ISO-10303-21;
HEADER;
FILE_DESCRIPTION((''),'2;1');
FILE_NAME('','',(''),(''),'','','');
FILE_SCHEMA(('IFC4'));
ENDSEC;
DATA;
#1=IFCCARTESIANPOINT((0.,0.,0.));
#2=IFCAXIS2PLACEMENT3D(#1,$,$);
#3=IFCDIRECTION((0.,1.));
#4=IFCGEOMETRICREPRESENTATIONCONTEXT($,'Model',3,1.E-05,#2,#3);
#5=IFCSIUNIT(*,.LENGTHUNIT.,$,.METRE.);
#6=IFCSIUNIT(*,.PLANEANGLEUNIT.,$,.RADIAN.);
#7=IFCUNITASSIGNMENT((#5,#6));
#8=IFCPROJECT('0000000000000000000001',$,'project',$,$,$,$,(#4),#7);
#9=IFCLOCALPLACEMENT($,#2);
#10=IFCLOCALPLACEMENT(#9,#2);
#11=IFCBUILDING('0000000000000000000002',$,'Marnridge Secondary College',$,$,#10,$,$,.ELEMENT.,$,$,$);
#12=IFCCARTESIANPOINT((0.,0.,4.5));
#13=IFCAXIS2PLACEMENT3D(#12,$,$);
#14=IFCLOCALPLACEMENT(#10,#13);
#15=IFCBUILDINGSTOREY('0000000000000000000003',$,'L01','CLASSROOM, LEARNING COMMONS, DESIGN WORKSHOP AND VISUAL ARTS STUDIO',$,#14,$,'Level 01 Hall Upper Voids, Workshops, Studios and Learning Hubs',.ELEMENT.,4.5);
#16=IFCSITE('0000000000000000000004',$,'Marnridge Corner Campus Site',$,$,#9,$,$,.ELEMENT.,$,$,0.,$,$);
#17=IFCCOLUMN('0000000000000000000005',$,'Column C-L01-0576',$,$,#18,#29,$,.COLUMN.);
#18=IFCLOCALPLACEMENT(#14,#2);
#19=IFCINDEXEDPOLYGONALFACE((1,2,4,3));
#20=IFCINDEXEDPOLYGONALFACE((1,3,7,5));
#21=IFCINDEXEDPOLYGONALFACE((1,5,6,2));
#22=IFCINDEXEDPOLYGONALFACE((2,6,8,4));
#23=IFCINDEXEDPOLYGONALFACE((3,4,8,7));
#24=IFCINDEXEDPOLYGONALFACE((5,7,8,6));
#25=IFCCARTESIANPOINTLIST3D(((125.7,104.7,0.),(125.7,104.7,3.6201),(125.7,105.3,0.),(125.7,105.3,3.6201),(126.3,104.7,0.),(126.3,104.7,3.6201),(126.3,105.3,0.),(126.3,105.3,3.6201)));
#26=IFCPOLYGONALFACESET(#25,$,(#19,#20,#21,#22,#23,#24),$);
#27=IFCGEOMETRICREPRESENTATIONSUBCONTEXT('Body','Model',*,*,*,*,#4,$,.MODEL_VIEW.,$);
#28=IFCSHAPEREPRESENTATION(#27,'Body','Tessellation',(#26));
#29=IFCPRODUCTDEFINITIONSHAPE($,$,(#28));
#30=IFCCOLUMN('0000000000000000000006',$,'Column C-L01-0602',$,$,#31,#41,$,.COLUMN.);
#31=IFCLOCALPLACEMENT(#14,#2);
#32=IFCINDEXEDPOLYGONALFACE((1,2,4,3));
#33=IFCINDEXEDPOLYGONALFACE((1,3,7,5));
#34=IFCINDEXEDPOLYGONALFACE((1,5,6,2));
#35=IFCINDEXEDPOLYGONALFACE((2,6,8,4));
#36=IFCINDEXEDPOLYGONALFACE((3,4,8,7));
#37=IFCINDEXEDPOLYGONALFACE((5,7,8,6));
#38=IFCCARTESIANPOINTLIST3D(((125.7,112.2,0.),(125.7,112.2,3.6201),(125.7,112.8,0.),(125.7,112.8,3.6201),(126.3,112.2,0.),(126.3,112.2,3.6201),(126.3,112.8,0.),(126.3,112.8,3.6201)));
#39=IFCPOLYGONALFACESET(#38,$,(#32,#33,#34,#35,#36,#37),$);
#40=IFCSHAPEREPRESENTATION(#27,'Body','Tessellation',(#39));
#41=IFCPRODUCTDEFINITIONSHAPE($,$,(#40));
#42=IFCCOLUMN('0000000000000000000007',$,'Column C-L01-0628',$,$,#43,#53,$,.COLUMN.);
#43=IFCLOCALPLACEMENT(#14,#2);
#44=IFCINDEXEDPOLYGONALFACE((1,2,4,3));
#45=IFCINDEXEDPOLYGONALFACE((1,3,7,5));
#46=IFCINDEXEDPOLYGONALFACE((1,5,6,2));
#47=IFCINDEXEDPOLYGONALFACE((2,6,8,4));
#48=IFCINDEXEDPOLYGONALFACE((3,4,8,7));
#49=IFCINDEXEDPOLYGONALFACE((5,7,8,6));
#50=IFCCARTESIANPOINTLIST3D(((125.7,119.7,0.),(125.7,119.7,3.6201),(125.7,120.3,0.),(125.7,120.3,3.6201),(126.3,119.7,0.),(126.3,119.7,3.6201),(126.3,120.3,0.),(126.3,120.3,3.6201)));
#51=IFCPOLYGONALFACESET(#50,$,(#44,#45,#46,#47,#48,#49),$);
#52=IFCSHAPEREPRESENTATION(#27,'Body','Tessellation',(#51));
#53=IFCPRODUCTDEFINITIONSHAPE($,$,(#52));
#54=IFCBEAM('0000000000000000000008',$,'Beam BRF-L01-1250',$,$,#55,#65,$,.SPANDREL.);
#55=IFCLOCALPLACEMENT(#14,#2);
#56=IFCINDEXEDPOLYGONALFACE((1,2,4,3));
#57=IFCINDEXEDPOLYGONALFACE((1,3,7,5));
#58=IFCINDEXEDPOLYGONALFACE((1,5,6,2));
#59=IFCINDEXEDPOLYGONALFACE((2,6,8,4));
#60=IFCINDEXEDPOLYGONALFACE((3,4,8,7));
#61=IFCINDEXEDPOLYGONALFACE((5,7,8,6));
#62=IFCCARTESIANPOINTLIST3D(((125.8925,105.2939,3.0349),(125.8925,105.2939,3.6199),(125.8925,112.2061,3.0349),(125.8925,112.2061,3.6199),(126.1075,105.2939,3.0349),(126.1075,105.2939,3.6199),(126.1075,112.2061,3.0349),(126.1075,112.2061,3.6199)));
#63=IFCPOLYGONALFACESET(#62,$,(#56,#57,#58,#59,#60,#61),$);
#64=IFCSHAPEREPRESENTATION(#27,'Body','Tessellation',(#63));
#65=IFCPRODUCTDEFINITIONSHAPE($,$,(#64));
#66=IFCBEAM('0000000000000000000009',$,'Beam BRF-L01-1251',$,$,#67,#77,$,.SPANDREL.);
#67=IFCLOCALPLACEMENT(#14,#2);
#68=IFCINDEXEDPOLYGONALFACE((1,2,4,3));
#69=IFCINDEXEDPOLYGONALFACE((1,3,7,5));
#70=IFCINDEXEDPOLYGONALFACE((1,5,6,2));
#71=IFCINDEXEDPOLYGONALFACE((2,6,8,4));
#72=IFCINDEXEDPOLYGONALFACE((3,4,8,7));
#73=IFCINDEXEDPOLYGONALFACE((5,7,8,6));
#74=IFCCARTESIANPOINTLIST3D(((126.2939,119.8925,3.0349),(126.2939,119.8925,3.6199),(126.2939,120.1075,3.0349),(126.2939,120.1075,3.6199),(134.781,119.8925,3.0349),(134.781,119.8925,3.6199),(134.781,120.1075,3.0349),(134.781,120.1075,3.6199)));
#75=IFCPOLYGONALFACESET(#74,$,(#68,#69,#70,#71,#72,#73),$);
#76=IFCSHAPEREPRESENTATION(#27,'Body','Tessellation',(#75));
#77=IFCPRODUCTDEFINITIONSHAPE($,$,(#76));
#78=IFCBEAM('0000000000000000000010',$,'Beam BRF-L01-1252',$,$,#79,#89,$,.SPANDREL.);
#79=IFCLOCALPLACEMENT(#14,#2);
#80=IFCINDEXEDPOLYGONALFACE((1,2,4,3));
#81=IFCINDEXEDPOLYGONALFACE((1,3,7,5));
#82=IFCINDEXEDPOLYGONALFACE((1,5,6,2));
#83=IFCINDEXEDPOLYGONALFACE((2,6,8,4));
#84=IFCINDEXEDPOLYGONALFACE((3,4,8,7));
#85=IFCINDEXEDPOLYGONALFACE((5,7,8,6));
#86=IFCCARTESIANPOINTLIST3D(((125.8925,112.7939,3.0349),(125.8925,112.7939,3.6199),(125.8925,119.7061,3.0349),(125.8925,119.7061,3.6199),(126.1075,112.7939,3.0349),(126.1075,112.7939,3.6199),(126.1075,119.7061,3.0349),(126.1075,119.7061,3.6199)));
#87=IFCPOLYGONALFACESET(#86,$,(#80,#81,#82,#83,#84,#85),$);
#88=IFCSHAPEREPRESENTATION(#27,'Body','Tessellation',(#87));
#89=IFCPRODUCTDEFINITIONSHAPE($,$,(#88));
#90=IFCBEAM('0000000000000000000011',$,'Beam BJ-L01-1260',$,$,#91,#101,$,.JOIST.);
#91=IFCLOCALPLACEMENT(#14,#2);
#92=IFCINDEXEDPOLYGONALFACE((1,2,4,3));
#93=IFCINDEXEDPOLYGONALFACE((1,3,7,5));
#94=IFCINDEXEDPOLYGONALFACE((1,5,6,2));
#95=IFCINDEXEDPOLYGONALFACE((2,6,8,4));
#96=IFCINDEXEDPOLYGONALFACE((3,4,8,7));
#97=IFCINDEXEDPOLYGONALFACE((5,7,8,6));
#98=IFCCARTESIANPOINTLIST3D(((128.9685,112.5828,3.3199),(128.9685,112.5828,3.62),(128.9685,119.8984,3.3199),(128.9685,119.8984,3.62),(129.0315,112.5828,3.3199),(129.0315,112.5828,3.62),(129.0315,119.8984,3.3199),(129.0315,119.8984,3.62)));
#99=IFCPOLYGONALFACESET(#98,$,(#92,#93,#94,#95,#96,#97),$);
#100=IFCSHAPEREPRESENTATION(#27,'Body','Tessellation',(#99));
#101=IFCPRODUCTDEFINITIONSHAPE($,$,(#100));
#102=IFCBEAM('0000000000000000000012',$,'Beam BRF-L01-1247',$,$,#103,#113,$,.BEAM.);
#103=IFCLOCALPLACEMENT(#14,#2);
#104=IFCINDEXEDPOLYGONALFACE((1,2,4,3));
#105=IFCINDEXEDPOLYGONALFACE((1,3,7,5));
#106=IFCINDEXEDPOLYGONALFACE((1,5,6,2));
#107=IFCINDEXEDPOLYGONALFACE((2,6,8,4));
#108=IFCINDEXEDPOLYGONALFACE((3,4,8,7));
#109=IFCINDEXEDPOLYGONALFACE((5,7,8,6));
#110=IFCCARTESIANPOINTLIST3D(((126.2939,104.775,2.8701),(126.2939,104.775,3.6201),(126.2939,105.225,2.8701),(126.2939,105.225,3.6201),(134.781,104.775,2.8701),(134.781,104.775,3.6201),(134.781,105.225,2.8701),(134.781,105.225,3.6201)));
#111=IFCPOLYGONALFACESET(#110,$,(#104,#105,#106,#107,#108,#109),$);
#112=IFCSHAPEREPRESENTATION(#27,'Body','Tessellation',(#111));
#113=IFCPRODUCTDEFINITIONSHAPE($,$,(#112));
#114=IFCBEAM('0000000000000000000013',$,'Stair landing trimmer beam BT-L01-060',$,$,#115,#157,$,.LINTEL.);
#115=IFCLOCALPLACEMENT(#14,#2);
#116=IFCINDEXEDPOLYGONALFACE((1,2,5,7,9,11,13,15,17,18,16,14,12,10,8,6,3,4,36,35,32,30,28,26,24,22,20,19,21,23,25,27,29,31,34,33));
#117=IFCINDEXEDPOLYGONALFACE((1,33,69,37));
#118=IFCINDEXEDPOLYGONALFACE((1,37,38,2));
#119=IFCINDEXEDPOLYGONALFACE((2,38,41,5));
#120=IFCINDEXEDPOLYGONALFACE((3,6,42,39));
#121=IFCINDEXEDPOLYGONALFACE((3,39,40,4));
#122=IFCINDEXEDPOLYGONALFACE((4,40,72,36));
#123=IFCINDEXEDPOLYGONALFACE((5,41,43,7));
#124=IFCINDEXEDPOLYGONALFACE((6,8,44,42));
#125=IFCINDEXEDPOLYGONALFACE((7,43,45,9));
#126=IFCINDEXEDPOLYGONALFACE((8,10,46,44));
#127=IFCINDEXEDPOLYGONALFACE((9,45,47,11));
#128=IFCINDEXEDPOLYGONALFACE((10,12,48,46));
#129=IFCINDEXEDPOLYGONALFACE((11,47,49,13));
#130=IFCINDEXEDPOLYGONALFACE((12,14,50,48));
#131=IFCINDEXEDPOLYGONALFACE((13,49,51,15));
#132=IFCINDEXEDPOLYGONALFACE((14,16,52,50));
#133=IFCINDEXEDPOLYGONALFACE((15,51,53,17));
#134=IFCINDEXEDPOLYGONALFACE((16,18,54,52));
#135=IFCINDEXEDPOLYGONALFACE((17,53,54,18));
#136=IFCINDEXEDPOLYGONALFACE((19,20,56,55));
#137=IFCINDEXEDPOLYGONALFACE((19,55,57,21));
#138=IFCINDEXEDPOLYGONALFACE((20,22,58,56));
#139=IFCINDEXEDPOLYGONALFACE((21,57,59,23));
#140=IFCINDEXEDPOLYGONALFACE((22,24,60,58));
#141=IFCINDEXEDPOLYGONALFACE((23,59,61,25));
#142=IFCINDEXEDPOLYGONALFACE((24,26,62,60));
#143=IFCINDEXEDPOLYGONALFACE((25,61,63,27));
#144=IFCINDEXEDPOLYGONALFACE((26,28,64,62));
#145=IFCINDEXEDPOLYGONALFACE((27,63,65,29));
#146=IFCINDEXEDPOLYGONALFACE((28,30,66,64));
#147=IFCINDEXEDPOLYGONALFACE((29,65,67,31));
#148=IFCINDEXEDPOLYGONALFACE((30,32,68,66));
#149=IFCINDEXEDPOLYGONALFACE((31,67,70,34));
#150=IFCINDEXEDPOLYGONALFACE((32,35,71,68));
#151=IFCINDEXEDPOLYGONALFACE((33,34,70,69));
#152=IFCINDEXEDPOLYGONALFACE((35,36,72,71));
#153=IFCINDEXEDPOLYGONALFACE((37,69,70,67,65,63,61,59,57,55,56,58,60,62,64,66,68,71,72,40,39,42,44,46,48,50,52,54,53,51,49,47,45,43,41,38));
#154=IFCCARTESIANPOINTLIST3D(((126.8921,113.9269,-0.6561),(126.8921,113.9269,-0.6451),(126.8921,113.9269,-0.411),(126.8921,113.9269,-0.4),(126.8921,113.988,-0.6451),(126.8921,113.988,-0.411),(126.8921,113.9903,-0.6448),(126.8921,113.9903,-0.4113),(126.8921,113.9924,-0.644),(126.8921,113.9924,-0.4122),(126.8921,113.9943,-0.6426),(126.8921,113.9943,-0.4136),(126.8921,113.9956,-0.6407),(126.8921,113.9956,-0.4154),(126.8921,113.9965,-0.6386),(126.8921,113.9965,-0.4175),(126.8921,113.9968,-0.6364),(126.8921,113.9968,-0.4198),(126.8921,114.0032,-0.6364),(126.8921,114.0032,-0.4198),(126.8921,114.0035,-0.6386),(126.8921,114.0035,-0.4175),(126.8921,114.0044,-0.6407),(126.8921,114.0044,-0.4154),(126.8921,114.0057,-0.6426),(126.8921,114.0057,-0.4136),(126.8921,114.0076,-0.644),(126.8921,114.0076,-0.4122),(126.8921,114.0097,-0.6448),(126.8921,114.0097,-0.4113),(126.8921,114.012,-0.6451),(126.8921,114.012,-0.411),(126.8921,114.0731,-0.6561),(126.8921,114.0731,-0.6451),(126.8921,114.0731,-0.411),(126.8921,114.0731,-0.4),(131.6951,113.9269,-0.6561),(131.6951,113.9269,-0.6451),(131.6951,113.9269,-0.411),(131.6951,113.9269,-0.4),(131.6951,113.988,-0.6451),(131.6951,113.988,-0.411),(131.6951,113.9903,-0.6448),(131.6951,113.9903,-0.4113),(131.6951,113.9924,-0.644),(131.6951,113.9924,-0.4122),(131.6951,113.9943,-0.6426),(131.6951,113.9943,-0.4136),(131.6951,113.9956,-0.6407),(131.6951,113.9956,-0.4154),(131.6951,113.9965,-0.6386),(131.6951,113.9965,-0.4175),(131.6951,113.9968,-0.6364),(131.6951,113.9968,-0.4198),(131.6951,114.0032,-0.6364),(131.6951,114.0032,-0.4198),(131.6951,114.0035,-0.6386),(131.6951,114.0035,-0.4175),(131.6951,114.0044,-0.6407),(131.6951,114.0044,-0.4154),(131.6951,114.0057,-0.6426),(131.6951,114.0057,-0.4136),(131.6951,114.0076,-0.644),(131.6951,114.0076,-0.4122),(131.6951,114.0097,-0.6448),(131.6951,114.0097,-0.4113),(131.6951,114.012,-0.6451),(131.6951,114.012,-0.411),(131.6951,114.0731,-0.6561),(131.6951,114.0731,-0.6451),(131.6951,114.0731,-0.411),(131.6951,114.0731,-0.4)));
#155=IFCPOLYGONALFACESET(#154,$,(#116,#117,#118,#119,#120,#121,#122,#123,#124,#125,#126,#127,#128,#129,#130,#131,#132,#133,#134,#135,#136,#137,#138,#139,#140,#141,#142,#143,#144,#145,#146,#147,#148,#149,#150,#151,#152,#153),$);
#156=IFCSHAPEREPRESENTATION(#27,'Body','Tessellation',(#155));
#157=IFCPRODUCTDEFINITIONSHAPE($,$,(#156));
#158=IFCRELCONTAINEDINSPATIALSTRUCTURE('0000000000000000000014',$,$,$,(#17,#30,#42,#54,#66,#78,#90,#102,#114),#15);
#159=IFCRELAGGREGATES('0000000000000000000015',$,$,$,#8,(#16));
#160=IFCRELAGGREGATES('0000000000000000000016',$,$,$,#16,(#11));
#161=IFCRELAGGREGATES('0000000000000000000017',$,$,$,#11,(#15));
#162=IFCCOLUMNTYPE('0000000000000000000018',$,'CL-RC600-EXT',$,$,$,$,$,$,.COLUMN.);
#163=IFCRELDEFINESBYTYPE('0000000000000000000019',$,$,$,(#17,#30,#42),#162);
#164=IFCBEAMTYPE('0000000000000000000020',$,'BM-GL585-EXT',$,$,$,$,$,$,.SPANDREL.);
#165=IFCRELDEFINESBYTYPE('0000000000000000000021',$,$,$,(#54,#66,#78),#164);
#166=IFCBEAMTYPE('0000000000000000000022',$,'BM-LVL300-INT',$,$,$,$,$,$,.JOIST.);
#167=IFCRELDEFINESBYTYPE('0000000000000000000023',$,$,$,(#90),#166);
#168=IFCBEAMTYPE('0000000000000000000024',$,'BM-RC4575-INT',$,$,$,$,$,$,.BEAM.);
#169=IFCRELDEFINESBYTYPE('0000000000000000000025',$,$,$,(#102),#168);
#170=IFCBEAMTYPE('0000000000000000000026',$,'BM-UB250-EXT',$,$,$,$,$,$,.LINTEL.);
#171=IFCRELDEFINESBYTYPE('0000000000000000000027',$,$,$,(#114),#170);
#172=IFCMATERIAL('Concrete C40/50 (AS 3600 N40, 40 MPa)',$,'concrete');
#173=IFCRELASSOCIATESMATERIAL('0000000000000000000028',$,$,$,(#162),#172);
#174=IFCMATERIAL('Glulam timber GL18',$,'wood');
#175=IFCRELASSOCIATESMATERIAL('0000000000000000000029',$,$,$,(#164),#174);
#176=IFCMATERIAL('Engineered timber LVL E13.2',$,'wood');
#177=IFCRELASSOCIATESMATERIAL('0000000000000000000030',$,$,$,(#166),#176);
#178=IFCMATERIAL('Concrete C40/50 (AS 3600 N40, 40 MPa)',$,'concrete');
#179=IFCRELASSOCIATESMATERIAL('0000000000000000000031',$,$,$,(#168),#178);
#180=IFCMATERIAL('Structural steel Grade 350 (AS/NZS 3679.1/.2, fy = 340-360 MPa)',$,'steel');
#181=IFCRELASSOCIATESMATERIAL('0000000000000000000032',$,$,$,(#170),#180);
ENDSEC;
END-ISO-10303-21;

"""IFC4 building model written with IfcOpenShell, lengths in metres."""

from ifc_helpers import new_model, si_unit, direction, frame, origin, origin_2d, place, context, subcontext, project, spatial, rectangle, i_section, extrude, material, material_profile, profile_set, type_object, element, save


model = new_model("IFC4")

# Units and contexts
model_context = context("Model", 3, precision=1e-05, world=origin(), true_north=direction((0.0, 1.0)))
body_context = subcontext(model_context, "Body", "Model", "MODEL_VIEW")
ifc_project = project(units=[si_unit("LENGTHUNIT", "METRE"), si_unit("PLANEANGLEUNIT", "RADIAN")], contexts=[model_context])

# Site, building, storey
site_placement = place(None, origin())
site = spatial("IfcSite", under=ifc_project, at=site_placement, Name="Marnridge Corner Campus Site", CompositionType="ELEMENT", RefElevation=0.0)
building_placement = place(site_placement, origin())
building = spatial("IfcBuilding", under=site, at=building_placement, Name="Marnridge Secondary College", CompositionType="ELEMENT")
storey_placement = place(building_placement, frame((0.0, 0.0, 4.5)))
storey = spatial("IfcBuildingStorey", under=building, at=storey_placement, Name="L01", Description="CLASSROOM, LEARNING COMMONS, DESIGN WORKSHOP AND VISUAL ARTS STUDIO", LongName="Level 01 Hall Upper Voids, Workshops, Studios and Learning Hubs", CompositionType="ELEMENT", Elevation=4.5)

# Columns
ifc_material_1 = material(Name="Concrete C40/50 (AS 3600 N40, 40 MPa)", Category="concrete")
ifc_material_profile_1 = material_profile(ifc_material_1, rectangle(XDim=0.6001, YDim=0.6001, at=origin_2d()), Name="RC 600x600")
ifc_profile_set_1 = profile_set([ifc_material_profile_1], Name="Concrete C40/50 (AS 3600 N40, 40 MPa)")
column_type = type_object("IfcColumnType", Name="CL-RC600-EXT", PredefinedType="COLUMN", material=ifc_profile_set_1)
for number, where, z_axis, x_axis, name in (
    (1, (126.0, 105.0, 0.0), (0.0, 0.0, 1.0), (1.0, 0.0, 0.0), "Column C-L01-0576"),
    (2, (126.0, 112.5, 0.0), (0.0, 0.0, 1.0), (1.0, 0.0, 0.0), "Column C-L01-0602"),
    (3, (126.0, 120.0, 0.0), (0.0, 0.0, 1.0), (1.0, 0.0, 0.0), "Column C-L01-0628"),
):
    element("IfcColumn", number, at=place(storey_placement, frame(where, z_axis=z_axis, x_axis=x_axis)), inside=storey, type_object=column_type, Name=name, PredefinedType="COLUMN", context=body_context, shape_type="SweptSolid", body=[
        extrude(rectangle(XDim=0.6001, YDim=0.6001, at=origin_2d()), origin(), (0.0, 0.0, 1.0), 3.6201),
    ])

# Beams
ifc_material_2 = material(Name="Glulam timber GL18", Category="wood")
ifc_material_profile_2 = material_profile(ifc_material_2, rectangle(XDim=0.2151, YDim=0.585, at=origin_2d()), Name="GL18 215x585")
ifc_profile_set_2 = profile_set([ifc_material_profile_2], Name="Glulam timber GL18")
beam_type_1 = type_object("IfcBeamType", Name="BM-GL585-EXT", PredefinedType="SPANDREL", material=ifc_profile_set_2)
beam_1_placement = place(storey_placement, frame((126.0, 105.2939, 3.3274), z_axis=(0.0, 1.0, 0.0), x_axis=(-1.0, 0.0, 0.0)))
element("IfcBeam", 4, at=beam_1_placement, inside=storey, type_object=beam_type_1, Name="Beam BRF-L01-1250", PredefinedType="SPANDREL", context=body_context, shape_type="SweptSolid", body=[
    extrude(rectangle(XDim=0.2151, YDim=0.585, at=origin_2d()), origin(), (0.0, 0.0, 1.0), 6.9121),
])
beam_2_placement = place(storey_placement, frame((126.2939, 120.0, 3.3274), z_axis=(1.0, 0.0, 0.0), x_axis=(0.0, 1.0, 0.0)))
element("IfcBeam", 5, at=beam_2_placement, inside=storey, type_object=beam_type_1, Name="Beam BRF-L01-1251", PredefinedType="SPANDREL", context=body_context, shape_type="SweptSolid", body=[
    extrude(rectangle(XDim=0.2151, YDim=0.585, at=origin_2d()), origin(), (0.0, 0.0, 1.0), 8.4871),
])
beam_3_placement = place(storey_placement, frame((126.0, 112.7939, 3.3274), z_axis=(0.0, 1.0, 0.0), x_axis=(-1.0, 0.0, 0.0)))
element("IfcBeam", 6, at=beam_3_placement, inside=storey, type_object=beam_type_1, Name="Beam BRF-L01-1252", PredefinedType="SPANDREL", context=body_context, shape_type="SweptSolid", body=[
    extrude(rectangle(XDim=0.2151, YDim=0.585, at=origin_2d()), origin(), (0.0, 0.0, 1.0), 6.9121),
])
ifc_material_3 = material(Name="Engineered timber LVL E13.2", Category="wood")
ifc_material_profile_3 = material_profile(ifc_material_3, rectangle(XDim=0.063, YDim=0.3, at=origin_2d()), Name="LVL 63x300")
ifc_profile_set_3 = profile_set([ifc_material_profile_3], Name="Engineered timber LVL E13.2")
beam_type_2 = type_object("IfcBeamType", Name="BM-LVL300-INT", PredefinedType="JOIST", material=ifc_profile_set_3)
beam_4_placement = place(storey_placement, frame((129.0, 112.5828, 3.47), z_axis=(0.0, 1.0, 0.0), x_axis=(-1.0, 0.0, 0.0)))
element("IfcBeam", 7, at=beam_4_placement, inside=storey, type_object=beam_type_2, Name="Beam BJ-L01-1260", PredefinedType="JOIST", context=body_context, shape_type="SweptSolid", body=[
    extrude(rectangle(XDim=0.063, YDim=0.3, at=origin_2d()), origin(), (0.0, 0.0, 1.0), 7.3157),
])
ifc_material_4 = material(Name="Concrete C40/50 (AS 3600 N40, 40 MPa)", Category="concrete")
ifc_material_profile_4 = material_profile(ifc_material_4, rectangle(XDim=0.45, YDim=0.75, at=origin_2d()), Name="RC 450x750")
ifc_profile_set_4 = profile_set([ifc_material_profile_4], Name="Concrete C40/50 (AS 3600 N40, 40 MPa)")
beam_type_3 = type_object("IfcBeamType", Name="BM-RC4575-INT", PredefinedType="BEAM", material=ifc_profile_set_4)
beam_5_placement = place(storey_placement, frame((126.2939, 105.0, 3.2451), z_axis=(1.0, 0.0, 0.0), x_axis=(0.0, 1.0, 0.0)))
element("IfcBeam", 8, at=beam_5_placement, inside=storey, type_object=beam_type_3, Name="Beam BRF-L01-1247", PredefinedType="BEAM", context=body_context, shape_type="SweptSolid", body=[
    extrude(rectangle(XDim=0.45, YDim=0.75, at=origin_2d()), origin(), (0.0, 0.0, 1.0), 8.4871),
])
ifc_material_5 = material(Name="Structural steel Grade 350 (AS/NZS 3679.1/.2, fy = 340-360 MPa)", Category="steel")
ifc_material_profile_5 = material_profile(ifc_material_5, i_section(OverallWidth=0.1462, OverallDepth=0.2561, WebThickness=0.0063, FlangeThickness=0.011, FilletRadius=0.0088, at=origin_2d()), Name="250UB37.3")
ifc_profile_set_5 = profile_set([ifc_material_profile_5], Name="Structural steel Grade 350 (AS/NZS 3679.1/.2, fy = 340-360 MPa)")
beam_type_4 = type_object("IfcBeamType", Name="BM-UB250-EXT", PredefinedType="LINTEL", material=ifc_profile_set_5)
beam_6_placement = place(storey_placement, frame((126.8921, 114.0, -0.5281), z_axis=(1.0, 0.0, 0.0), x_axis=(0.0, 1.0, 0.0)))
element("IfcBeam", 9, at=beam_6_placement, inside=storey, type_object=beam_type_4, Name="Stair landing trimmer beam BT-L01-060", PredefinedType="LINTEL", context=body_context, shape_type="SweptSolid", body=[
    extrude(i_section(OverallWidth=0.1462, OverallDepth=0.2561, WebThickness=0.0063, FlangeThickness=0.011, FilletRadius=0.0088, at=origin_2d()), origin(), (0.0, 0.0, 1.0), 4.803),
])

save(model, "model.ifc")
